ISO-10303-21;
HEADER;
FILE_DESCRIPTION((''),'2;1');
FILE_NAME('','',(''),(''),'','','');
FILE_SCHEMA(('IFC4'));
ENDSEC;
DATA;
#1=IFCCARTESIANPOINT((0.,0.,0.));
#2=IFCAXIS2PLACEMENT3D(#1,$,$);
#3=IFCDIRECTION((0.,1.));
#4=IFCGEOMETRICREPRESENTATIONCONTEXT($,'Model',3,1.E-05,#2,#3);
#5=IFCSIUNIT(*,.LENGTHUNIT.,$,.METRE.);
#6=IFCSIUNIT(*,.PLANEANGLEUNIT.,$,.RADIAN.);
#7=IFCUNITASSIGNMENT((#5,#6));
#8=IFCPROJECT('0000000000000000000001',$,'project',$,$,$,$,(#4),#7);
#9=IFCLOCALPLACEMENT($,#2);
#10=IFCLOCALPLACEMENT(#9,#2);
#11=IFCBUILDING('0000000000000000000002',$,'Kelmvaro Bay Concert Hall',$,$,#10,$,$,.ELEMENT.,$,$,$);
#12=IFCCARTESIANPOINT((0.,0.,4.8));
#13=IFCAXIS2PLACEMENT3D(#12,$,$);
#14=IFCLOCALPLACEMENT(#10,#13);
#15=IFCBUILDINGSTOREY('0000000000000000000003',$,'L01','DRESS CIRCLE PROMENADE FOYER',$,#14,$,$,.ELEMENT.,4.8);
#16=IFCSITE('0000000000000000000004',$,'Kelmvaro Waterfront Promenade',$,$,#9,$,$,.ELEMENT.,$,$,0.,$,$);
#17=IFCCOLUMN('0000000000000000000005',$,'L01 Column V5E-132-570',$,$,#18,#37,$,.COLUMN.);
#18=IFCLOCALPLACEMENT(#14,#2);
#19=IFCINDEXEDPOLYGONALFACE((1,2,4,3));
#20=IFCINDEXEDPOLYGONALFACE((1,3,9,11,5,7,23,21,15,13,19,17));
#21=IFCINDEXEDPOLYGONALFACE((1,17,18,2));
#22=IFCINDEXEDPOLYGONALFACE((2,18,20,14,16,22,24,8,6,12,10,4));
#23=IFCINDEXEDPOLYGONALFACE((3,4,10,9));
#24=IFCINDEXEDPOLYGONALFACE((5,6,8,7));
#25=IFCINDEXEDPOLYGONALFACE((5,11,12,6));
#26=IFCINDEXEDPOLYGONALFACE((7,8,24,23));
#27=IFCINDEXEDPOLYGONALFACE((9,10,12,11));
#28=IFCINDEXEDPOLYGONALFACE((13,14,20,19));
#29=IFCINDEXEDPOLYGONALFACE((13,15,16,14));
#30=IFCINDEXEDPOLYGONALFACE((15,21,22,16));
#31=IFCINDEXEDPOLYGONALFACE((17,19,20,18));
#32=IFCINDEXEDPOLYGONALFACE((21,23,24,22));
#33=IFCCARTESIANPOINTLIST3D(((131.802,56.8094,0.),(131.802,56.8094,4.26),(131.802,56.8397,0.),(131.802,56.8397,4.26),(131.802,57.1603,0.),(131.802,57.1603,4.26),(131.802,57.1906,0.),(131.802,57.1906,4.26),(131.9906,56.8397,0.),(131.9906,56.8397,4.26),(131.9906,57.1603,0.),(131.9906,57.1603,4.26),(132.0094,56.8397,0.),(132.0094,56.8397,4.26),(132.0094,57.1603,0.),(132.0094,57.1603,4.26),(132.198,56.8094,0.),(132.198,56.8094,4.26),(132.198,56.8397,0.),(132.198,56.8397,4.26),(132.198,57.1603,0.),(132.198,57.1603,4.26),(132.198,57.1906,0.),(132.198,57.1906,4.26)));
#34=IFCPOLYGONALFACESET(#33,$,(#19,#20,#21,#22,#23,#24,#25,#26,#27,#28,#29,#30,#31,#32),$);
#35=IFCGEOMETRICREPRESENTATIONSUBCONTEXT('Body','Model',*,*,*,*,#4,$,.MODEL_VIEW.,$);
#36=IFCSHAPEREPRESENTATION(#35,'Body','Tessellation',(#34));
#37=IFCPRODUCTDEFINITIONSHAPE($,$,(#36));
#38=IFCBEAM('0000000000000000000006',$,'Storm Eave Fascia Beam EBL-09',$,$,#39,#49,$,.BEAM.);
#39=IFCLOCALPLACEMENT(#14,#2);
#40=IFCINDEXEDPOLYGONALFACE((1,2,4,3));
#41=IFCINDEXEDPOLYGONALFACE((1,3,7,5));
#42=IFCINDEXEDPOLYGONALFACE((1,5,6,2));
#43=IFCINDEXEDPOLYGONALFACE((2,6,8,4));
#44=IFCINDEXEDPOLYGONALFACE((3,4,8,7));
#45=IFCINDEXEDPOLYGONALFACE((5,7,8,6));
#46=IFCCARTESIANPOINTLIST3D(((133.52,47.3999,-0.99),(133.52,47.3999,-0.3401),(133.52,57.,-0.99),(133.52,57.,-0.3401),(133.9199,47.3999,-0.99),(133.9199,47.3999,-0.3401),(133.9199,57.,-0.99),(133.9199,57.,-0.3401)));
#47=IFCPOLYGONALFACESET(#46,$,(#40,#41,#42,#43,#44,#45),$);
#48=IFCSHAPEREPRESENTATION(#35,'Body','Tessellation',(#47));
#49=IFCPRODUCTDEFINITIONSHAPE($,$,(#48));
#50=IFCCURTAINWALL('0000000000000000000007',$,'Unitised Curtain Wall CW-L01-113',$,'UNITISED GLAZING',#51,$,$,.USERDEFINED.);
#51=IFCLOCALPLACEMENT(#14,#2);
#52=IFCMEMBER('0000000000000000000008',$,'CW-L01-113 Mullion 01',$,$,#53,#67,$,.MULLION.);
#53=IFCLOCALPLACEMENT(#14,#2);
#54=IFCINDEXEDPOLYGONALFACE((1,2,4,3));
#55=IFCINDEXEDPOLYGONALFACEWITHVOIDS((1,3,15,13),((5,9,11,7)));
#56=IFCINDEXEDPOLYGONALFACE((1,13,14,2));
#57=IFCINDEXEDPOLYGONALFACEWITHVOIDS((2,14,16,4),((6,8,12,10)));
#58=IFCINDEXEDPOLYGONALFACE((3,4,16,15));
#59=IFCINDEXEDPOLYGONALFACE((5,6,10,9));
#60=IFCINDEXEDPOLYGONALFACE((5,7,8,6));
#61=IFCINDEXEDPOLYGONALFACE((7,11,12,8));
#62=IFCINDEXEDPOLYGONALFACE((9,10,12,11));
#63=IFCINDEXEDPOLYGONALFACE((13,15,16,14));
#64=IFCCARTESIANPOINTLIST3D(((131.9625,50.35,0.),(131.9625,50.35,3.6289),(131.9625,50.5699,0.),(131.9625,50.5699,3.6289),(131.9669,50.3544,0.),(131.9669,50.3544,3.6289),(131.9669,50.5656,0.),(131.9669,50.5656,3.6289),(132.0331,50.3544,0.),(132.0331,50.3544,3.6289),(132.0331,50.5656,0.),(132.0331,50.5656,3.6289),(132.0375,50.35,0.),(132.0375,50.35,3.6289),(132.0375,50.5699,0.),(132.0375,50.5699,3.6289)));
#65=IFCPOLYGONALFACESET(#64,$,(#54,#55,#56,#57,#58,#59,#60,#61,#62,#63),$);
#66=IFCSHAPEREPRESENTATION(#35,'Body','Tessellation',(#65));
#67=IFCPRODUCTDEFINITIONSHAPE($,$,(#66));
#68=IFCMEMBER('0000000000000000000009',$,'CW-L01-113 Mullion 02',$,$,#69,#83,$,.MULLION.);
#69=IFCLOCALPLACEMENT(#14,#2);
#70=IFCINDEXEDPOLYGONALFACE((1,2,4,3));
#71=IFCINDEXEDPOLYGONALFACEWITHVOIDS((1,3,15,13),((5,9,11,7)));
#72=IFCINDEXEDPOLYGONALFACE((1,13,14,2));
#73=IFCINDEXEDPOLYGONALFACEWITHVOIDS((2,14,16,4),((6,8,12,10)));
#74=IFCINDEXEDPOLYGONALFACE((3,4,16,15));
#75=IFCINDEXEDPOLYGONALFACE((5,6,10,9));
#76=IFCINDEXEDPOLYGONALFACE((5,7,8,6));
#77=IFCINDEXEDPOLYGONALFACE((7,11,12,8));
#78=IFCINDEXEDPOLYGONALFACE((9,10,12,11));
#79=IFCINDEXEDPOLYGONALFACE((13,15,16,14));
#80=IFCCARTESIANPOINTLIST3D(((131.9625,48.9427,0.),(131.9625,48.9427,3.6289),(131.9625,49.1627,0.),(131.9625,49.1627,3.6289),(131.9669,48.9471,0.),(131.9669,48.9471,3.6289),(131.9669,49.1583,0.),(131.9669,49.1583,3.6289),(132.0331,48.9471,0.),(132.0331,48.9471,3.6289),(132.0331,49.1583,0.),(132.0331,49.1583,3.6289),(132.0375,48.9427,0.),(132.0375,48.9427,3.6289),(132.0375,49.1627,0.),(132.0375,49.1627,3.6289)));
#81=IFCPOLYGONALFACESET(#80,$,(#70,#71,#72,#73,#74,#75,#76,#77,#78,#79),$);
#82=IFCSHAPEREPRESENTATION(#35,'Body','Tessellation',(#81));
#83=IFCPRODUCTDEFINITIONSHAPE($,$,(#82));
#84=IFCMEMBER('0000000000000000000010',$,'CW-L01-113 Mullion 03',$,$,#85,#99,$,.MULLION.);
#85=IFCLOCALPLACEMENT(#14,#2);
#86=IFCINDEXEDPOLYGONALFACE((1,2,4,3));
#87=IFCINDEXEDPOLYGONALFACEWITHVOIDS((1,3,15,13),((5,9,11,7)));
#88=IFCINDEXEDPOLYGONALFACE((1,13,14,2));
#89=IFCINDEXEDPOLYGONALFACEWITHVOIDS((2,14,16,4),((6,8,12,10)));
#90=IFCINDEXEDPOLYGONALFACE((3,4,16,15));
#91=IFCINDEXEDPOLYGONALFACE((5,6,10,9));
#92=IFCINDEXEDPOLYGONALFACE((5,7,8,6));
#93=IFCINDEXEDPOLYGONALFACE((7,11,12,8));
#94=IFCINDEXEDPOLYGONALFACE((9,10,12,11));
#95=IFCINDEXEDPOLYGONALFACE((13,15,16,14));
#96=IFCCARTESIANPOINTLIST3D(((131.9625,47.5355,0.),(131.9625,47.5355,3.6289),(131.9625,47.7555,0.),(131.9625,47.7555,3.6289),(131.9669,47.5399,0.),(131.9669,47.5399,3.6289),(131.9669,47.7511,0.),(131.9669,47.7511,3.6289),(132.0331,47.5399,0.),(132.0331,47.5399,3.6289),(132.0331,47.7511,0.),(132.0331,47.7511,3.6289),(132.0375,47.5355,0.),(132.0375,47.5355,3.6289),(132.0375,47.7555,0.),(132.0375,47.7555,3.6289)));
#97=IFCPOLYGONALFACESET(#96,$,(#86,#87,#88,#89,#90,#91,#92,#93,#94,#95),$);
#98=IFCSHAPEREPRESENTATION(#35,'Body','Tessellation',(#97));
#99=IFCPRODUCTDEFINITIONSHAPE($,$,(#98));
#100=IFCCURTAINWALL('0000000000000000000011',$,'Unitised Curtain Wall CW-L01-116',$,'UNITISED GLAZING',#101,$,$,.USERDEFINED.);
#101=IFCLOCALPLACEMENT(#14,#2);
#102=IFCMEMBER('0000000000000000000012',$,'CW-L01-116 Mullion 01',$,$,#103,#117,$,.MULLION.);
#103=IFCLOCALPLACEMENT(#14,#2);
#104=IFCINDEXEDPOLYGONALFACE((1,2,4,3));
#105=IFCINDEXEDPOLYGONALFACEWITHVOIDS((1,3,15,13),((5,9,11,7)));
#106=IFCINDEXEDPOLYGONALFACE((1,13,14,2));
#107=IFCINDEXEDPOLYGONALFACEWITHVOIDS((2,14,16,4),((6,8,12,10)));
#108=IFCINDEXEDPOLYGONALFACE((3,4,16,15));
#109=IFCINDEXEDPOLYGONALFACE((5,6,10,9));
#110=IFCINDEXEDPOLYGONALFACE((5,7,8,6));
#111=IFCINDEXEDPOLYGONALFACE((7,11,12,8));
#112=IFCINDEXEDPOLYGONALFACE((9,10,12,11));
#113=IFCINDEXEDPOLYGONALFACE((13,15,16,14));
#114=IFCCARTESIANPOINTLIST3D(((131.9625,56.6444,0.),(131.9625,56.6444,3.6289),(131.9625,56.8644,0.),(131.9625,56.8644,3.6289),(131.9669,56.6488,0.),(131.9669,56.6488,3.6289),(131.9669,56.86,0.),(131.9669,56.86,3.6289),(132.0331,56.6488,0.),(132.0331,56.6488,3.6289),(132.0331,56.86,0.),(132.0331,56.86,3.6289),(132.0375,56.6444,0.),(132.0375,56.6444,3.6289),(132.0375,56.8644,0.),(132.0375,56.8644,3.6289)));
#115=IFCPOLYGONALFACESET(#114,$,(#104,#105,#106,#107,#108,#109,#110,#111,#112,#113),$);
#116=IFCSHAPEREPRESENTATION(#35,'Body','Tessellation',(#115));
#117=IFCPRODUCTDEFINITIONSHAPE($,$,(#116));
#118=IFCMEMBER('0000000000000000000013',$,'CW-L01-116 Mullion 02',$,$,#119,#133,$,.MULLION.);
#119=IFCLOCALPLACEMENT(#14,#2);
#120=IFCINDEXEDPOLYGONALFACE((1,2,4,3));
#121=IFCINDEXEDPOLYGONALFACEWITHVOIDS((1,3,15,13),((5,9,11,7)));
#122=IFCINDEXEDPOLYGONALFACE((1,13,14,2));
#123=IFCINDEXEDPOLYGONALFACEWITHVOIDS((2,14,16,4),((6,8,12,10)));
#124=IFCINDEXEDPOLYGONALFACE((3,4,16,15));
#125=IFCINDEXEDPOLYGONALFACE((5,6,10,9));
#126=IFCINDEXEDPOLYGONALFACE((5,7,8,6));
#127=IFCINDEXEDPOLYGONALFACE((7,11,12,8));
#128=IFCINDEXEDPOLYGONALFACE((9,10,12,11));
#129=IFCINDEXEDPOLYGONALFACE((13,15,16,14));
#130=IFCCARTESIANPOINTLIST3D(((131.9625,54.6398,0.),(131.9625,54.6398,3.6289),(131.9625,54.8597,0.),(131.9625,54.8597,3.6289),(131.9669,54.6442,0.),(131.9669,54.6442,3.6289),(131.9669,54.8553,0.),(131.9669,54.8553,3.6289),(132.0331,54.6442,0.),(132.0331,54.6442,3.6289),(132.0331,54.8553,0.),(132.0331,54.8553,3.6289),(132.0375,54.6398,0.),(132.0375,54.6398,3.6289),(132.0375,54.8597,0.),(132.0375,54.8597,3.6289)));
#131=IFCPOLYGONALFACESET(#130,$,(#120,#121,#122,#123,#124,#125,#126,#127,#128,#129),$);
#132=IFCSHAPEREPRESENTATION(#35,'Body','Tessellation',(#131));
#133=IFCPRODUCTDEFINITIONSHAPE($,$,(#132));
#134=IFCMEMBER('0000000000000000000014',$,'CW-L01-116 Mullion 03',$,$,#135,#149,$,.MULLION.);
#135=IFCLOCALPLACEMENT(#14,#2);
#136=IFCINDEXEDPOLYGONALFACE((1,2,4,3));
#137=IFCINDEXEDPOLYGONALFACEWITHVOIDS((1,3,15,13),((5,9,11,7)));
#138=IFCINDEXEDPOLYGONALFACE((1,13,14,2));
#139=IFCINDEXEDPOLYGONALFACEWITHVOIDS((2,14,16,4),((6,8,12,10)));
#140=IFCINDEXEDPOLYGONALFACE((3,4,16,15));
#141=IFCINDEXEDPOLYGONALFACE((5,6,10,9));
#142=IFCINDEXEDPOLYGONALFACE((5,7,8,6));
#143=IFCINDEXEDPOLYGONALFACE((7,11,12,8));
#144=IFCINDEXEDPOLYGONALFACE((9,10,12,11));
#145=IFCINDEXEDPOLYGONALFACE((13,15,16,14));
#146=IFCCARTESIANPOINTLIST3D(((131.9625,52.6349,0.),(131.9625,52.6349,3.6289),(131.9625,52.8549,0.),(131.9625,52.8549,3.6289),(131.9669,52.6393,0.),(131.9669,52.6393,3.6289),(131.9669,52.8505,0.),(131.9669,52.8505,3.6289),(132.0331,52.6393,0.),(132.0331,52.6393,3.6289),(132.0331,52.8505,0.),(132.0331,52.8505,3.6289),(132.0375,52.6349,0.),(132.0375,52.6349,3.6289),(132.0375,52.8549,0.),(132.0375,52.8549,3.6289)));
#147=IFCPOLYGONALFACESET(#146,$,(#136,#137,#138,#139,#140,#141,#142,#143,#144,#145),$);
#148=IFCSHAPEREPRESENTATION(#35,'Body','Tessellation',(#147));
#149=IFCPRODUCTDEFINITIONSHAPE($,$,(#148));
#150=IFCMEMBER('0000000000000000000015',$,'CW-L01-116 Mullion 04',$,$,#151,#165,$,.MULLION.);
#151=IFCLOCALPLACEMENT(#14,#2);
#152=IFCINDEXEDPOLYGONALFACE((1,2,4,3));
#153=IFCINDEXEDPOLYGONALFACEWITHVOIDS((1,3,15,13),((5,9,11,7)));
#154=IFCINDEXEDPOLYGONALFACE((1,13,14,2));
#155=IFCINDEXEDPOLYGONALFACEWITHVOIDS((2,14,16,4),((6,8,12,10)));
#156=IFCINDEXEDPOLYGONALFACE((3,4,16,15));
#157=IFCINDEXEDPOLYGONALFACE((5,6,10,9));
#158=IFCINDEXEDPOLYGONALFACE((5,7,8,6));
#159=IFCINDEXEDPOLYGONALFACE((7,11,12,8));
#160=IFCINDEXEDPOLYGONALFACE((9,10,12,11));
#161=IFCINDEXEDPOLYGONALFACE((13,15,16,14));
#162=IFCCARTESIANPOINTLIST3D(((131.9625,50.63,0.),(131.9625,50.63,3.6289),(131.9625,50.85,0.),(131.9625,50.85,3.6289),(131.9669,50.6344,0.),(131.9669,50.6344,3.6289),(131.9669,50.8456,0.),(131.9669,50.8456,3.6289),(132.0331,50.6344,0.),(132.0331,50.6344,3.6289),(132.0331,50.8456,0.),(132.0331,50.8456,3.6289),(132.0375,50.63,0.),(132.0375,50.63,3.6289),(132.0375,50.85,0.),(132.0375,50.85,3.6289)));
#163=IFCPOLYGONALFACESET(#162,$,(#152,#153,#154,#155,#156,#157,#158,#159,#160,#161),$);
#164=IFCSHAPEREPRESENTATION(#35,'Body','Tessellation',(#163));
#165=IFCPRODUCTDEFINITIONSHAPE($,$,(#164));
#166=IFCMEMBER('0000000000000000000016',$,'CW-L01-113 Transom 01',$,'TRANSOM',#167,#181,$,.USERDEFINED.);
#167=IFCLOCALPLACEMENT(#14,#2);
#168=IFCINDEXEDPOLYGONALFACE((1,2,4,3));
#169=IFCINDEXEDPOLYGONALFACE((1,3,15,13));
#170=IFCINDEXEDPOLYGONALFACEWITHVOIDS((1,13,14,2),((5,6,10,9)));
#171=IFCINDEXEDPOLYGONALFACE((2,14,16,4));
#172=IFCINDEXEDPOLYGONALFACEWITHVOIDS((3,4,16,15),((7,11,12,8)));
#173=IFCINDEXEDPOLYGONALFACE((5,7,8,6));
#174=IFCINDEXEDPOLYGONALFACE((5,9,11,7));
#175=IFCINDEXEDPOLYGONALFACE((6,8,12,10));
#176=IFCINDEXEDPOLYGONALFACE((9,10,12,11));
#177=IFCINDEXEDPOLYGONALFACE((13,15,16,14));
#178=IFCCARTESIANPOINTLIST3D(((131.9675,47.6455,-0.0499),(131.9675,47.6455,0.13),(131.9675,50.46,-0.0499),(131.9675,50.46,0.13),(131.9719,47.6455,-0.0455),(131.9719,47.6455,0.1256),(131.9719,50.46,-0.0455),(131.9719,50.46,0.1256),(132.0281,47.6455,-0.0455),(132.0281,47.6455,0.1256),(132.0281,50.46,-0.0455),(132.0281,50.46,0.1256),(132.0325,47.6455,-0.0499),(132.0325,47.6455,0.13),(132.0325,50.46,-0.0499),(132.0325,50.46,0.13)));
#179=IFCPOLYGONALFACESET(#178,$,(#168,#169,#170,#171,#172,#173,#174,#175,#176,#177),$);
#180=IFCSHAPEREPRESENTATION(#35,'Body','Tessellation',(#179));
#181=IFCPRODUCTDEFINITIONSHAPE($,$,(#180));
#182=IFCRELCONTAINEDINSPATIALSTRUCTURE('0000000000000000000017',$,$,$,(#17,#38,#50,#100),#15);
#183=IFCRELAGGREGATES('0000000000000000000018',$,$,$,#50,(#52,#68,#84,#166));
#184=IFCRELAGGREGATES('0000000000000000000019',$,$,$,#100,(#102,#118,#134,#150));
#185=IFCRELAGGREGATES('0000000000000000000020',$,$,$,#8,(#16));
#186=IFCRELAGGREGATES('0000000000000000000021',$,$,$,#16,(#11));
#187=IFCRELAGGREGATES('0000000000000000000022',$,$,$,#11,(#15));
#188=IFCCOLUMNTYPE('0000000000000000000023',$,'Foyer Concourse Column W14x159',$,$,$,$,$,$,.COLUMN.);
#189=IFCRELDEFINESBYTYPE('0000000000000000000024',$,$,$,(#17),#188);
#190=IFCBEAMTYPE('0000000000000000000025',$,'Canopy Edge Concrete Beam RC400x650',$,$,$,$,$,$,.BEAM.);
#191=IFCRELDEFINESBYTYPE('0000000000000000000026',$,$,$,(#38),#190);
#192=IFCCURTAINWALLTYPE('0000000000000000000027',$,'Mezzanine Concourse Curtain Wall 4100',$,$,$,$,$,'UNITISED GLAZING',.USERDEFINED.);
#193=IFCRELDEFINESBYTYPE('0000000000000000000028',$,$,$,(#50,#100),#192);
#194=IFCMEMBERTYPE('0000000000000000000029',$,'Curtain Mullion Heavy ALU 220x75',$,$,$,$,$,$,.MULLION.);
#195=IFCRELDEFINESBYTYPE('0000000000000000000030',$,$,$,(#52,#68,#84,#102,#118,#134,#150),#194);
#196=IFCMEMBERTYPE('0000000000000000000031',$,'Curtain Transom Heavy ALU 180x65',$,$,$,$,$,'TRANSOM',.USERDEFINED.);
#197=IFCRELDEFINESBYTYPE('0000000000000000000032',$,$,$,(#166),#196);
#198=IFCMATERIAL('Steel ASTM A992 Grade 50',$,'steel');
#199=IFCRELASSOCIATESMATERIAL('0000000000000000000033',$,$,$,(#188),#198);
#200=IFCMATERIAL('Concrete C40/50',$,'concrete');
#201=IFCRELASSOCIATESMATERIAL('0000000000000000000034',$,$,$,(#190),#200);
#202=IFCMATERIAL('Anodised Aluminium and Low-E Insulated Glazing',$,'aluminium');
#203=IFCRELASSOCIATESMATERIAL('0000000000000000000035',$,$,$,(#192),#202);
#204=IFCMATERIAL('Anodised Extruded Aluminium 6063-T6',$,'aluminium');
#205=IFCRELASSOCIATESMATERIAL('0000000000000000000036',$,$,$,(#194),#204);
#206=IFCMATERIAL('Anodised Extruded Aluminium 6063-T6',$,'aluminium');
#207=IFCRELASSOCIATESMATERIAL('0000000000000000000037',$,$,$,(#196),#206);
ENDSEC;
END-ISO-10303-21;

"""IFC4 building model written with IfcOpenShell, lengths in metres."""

from ifc_helpers import new_model, si_unit, direction, frame, origin, origin_2d, place, context, subcontext, project, spatial, rectangle, hollow_rectangle, i_section, extrude, material, material_profile, profile_set, type_object, element, aggregate, save


model = new_model("IFC4")

# Units and contexts
model_context = context("Model", 3, precision=1e-05, world=origin(), true_north=direction((0.0, 1.0)))
body_context = subcontext(model_context, "Body", "Model", "MODEL_VIEW")
ifc_project = project(units=[si_unit("LENGTHUNIT", "METRE"), si_unit("PLANEANGLEUNIT", "RADIAN")], contexts=[model_context])

# Site, building, storey
site_placement = place(None, origin())
site = spatial("IfcSite", under=ifc_project, at=site_placement, Name="Kelmvaro Waterfront Promenade", CompositionType="ELEMENT", RefElevation=0.0)
building_placement = place(site_placement, origin())
building = spatial("IfcBuilding", under=site, at=building_placement, Name="Kelmvaro Bay Concert Hall", CompositionType="ELEMENT")
storey_placement = place(building_placement, frame((0.0, 0.0, 4.8)))
storey = spatial("IfcBuildingStorey", under=building, at=storey_placement, Name="L01", Description="DRESS CIRCLE PROMENADE FOYER", CompositionType="ELEMENT", Elevation=4.8)

# Column
ifc_material_1 = material(Name="Steel ASTM A992 Grade 50", Category="steel")
ifc_material_profile_1 = material_profile(ifc_material_1, i_section(OverallWidth=0.396, OverallDepth=0.3811, WebThickness=0.0188, FlangeThickness=0.0303, at=origin_2d()), Name="W14X159")
ifc_profile_set_1 = profile_set([ifc_material_profile_1], Name="Steel ASTM A992 Grade 50")
column_type = type_object("IfcColumnType", Name="Foyer Concourse Column W14x159", PredefinedType="COLUMN", material=ifc_profile_set_1)
column_placement = place(storey_placement, frame((132.0, 57.0, 0.0), z_axis=(0.0, 0.0, 1.0), x_axis=(1.0, 0.0, 0.0)))
element("IfcColumn", 1, at=column_placement, inside=storey, type_object=column_type, Name="L01 Column V5E-132-570", PredefinedType="COLUMN", context=body_context, shape_type="SweptSolid", body=[
    extrude(i_section(OverallWidth=0.396, OverallDepth=0.3811, WebThickness=0.0188, FlangeThickness=0.0303, at=origin_2d()), origin(), (0.0, 0.0, 1.0), 4.26),
])

# Beam
ifc_material_2 = material(Name="Concrete C40/50", Category="concrete")
ifc_material_profile_2 = material_profile(ifc_material_2, rectangle(XDim=0.3999, YDim=0.6499, at=origin_2d()), Name="RC-BM-400X650")
ifc_profile_set_2 = profile_set([ifc_material_profile_2], Name="Concrete C40/50")
beam_type_1 = type_object("IfcBeamType", Name="Canopy Edge Concrete Beam RC400x650", PredefinedType="BEAM", material=ifc_profile_set_2)
beam_1_placement = place(storey_placement, frame((133.72, 47.3999, -0.665), z_axis=(0.0, 1.0, 0.0), x_axis=(-1.0, 0.0, 0.0)))
element("IfcBeam", 2, at=beam_1_placement, inside=storey, type_object=beam_type_1, Name="Storm Eave Fascia Beam EBL-09", PredefinedType="BEAM", context=body_context, shape_type="SweptSolid", body=[
    extrude(rectangle(XDim=0.3999, YDim=0.6499, at=origin_2d()), origin(), (0.0, 0.0, 1.0), 9.6001),
])

# Curtain walls, members
ifc_material_3 = material(Name="Anodised Aluminium and Low-E Insulated Glazing", Category="aluminium")
curtain_wall_type = type_object("IfcCurtainWallType", Name="Mezzanine Concourse Curtain Wall 4100", ElementType="UNITISED GLAZING", PredefinedType="USERDEFINED", material=ifc_material_3)
curtain_wall_1_placement = place(storey_placement, origin())
curtain_wall_1 = element("IfcCurtainWall", 3, at=curtain_wall_1_placement, inside=storey, type_object=curtain_wall_type, Name="Unitised Curtain Wall CW-L01-113", ObjectType="UNITISED GLAZING", PredefinedType="USERDEFINED")
ifc_material_4 = material(Name="Anodised Extruded Aluminium 6063-T6", Category="aluminium")
ifc_material_profile_3 = material_profile(ifc_material_4, hollow_rectangle(XDim=0.075, YDim=0.22, WallThickness=0.0044, at=origin_2d()), Name="ALU-MUL-220X75")
ifc_profile_set_3 = profile_set([ifc_material_profile_3], Name="Anodised Extruded Aluminium 6063-T6")
member_type_1 = type_object("IfcMemberType", Name="Curtain Mullion Heavy ALU 220x75", PredefinedType="MULLION", material=ifc_profile_set_3)
member_1_placement = place(storey_placement, frame((132.0, 50.46, 0.0), z_axis=(0.0, 0.0, 1.0), x_axis=(1.0, 0.0, 0.0)))
member_1 = element("IfcMember", 4, at=member_1_placement, type_object=member_type_1, Name="CW-L01-113 Mullion 01", PredefinedType="MULLION", context=body_context, shape_type="SweptSolid", body=[
    extrude(hollow_rectangle(XDim=0.075, YDim=0.22, WallThickness=0.0044, at=origin_2d()), origin(), (0.0, 0.0, 1.0), 3.6289),
])
member_2_placement = place(storey_placement, frame((132.0, 49.0527, 0.0), z_axis=(0.0, 0.0, 1.0), x_axis=(1.0, 0.0, 0.0)))
member_2 = element("IfcMember", 5, at=member_2_placement, type_object=member_type_1, Name="CW-L01-113 Mullion 02", PredefinedType="MULLION", context=body_context, shape_type="SweptSolid", body=[
    extrude(hollow_rectangle(XDim=0.075, YDim=0.22, WallThickness=0.0044, at=origin_2d()), origin(), (0.0, 0.0, 1.0), 3.6289),
])
member_3_placement = place(storey_placement, frame((132.0, 47.6455, 0.0), z_axis=(0.0, 0.0, 1.0), x_axis=(1.0, 0.0, 0.0)))
member_3 = element("IfcMember", 6, at=member_3_placement, type_object=member_type_1, Name="CW-L01-113 Mullion 03", PredefinedType="MULLION", context=body_context, shape_type="SweptSolid", body=[
    extrude(hollow_rectangle(XDim=0.075, YDim=0.22, WallThickness=0.0044, at=origin_2d()), origin(), (0.0, 0.0, 1.0), 3.6289),
])
curtain_wall_2_placement = place(storey_placement, origin())
curtain_wall_2 = element("IfcCurtainWall", 7, at=curtain_wall_2_placement, inside=storey, type_object=curtain_wall_type, Name="Unitised Curtain Wall CW-L01-116", ObjectType="UNITISED GLAZING", PredefinedType="USERDEFINED")
member_4_placement = place(storey_placement, frame((132.0, 56.7544, 0.0), z_axis=(0.0, 0.0, 1.0), x_axis=(1.0, 0.0, 0.0)))
member_4 = element("IfcMember", 8, at=member_4_placement, type_object=member_type_1, Name="CW-L01-116 Mullion 01", PredefinedType="MULLION", context=body_context, shape_type="SweptSolid", body=[
    extrude(hollow_rectangle(XDim=0.075, YDim=0.22, WallThickness=0.0044, at=origin_2d()), origin(), (0.0, 0.0, 1.0), 3.6289),
])
member_5_placement = place(storey_placement, frame((132.0, 54.7498, 0.0), z_axis=(0.0, 0.0, 1.0), x_axis=(1.0, 0.0, 0.0)))
member_5 = element("IfcMember", 9, at=member_5_placement, type_object=member_type_1, Name="CW-L01-116 Mullion 02", PredefinedType="MULLION", context=body_context, shape_type="SweptSolid", body=[
    extrude(hollow_rectangle(XDim=0.075, YDim=0.22, WallThickness=0.0044, at=origin_2d()), origin(), (0.0, 0.0, 1.0), 3.6289),
])
member_6_placement = place(storey_placement, frame((132.0, 52.7449, 0.0), z_axis=(0.0, 0.0, 1.0), x_axis=(1.0, 0.0, 0.0)))
member_6 = element("IfcMember", 10, at=member_6_placement, type_object=member_type_1, Name="CW-L01-116 Mullion 03", PredefinedType="MULLION", context=body_context, shape_type="SweptSolid", body=[
    extrude(hollow_rectangle(XDim=0.075, YDim=0.22, WallThickness=0.0044, at=origin_2d()), origin(), (0.0, 0.0, 1.0), 3.6289),
])
member_7_placement = place(storey_placement, frame((132.0, 50.74, 0.0), z_axis=(0.0, 0.0, 1.0), x_axis=(1.0, 0.0, 0.0)))
member_7 = element("IfcMember", 11, at=member_7_placement, type_object=member_type_1, Name="CW-L01-116 Mullion 04", PredefinedType="MULLION", context=body_context, shape_type="SweptSolid", body=[
    extrude(hollow_rectangle(XDim=0.075, YDim=0.22, WallThickness=0.0044, at=origin_2d()), origin(), (0.0, 0.0, 1.0), 3.6289),
])

# Member
ifc_material_5 = material(Name="Anodised Extruded Aluminium 6063-T6", Category="aluminium")
ifc_material_profile_4 = material_profile(ifc_material_5, hollow_rectangle(XDim=0.0649, YDim=0.1799, WallThickness=0.0044, at=origin_2d()), Name="ALU-TRN-180X65")
ifc_profile_set_4 = profile_set([ifc_material_profile_4], Name="Anodised Extruded Aluminium 6063-T6")
member_type_2 = type_object("IfcMemberType", Name="Curtain Transom Heavy ALU 180x65", ElementType="TRANSOM", PredefinedType="USERDEFINED", material=ifc_profile_set_4)
member_8_placement = place(storey_placement, frame((132.0, 50.46, 0.04), z_axis=(0.0, -1.0, 0.0), x_axis=(1.0, 0.0, 0.0)))
member_8 = element("IfcMember", 12, at=member_8_placement, type_object=member_type_2, Name="CW-L01-113 Transom 01", ObjectType="TRANSOM", PredefinedType="USERDEFINED", context=body_context, shape_type="SweptSolid", body=[
    extrude(hollow_rectangle(XDim=0.0649, YDim=0.1799, WallThickness=0.0044, at=origin_2d()), origin(), (0.0, 0.0, 1.0), 2.8145),
])

aggregate(curtain_wall_1, [member_1, member_2, member_3, member_8])
aggregate(curtain_wall_2, [member_4, member_5, member_6, member_7])

save(model, "model.ifc")
